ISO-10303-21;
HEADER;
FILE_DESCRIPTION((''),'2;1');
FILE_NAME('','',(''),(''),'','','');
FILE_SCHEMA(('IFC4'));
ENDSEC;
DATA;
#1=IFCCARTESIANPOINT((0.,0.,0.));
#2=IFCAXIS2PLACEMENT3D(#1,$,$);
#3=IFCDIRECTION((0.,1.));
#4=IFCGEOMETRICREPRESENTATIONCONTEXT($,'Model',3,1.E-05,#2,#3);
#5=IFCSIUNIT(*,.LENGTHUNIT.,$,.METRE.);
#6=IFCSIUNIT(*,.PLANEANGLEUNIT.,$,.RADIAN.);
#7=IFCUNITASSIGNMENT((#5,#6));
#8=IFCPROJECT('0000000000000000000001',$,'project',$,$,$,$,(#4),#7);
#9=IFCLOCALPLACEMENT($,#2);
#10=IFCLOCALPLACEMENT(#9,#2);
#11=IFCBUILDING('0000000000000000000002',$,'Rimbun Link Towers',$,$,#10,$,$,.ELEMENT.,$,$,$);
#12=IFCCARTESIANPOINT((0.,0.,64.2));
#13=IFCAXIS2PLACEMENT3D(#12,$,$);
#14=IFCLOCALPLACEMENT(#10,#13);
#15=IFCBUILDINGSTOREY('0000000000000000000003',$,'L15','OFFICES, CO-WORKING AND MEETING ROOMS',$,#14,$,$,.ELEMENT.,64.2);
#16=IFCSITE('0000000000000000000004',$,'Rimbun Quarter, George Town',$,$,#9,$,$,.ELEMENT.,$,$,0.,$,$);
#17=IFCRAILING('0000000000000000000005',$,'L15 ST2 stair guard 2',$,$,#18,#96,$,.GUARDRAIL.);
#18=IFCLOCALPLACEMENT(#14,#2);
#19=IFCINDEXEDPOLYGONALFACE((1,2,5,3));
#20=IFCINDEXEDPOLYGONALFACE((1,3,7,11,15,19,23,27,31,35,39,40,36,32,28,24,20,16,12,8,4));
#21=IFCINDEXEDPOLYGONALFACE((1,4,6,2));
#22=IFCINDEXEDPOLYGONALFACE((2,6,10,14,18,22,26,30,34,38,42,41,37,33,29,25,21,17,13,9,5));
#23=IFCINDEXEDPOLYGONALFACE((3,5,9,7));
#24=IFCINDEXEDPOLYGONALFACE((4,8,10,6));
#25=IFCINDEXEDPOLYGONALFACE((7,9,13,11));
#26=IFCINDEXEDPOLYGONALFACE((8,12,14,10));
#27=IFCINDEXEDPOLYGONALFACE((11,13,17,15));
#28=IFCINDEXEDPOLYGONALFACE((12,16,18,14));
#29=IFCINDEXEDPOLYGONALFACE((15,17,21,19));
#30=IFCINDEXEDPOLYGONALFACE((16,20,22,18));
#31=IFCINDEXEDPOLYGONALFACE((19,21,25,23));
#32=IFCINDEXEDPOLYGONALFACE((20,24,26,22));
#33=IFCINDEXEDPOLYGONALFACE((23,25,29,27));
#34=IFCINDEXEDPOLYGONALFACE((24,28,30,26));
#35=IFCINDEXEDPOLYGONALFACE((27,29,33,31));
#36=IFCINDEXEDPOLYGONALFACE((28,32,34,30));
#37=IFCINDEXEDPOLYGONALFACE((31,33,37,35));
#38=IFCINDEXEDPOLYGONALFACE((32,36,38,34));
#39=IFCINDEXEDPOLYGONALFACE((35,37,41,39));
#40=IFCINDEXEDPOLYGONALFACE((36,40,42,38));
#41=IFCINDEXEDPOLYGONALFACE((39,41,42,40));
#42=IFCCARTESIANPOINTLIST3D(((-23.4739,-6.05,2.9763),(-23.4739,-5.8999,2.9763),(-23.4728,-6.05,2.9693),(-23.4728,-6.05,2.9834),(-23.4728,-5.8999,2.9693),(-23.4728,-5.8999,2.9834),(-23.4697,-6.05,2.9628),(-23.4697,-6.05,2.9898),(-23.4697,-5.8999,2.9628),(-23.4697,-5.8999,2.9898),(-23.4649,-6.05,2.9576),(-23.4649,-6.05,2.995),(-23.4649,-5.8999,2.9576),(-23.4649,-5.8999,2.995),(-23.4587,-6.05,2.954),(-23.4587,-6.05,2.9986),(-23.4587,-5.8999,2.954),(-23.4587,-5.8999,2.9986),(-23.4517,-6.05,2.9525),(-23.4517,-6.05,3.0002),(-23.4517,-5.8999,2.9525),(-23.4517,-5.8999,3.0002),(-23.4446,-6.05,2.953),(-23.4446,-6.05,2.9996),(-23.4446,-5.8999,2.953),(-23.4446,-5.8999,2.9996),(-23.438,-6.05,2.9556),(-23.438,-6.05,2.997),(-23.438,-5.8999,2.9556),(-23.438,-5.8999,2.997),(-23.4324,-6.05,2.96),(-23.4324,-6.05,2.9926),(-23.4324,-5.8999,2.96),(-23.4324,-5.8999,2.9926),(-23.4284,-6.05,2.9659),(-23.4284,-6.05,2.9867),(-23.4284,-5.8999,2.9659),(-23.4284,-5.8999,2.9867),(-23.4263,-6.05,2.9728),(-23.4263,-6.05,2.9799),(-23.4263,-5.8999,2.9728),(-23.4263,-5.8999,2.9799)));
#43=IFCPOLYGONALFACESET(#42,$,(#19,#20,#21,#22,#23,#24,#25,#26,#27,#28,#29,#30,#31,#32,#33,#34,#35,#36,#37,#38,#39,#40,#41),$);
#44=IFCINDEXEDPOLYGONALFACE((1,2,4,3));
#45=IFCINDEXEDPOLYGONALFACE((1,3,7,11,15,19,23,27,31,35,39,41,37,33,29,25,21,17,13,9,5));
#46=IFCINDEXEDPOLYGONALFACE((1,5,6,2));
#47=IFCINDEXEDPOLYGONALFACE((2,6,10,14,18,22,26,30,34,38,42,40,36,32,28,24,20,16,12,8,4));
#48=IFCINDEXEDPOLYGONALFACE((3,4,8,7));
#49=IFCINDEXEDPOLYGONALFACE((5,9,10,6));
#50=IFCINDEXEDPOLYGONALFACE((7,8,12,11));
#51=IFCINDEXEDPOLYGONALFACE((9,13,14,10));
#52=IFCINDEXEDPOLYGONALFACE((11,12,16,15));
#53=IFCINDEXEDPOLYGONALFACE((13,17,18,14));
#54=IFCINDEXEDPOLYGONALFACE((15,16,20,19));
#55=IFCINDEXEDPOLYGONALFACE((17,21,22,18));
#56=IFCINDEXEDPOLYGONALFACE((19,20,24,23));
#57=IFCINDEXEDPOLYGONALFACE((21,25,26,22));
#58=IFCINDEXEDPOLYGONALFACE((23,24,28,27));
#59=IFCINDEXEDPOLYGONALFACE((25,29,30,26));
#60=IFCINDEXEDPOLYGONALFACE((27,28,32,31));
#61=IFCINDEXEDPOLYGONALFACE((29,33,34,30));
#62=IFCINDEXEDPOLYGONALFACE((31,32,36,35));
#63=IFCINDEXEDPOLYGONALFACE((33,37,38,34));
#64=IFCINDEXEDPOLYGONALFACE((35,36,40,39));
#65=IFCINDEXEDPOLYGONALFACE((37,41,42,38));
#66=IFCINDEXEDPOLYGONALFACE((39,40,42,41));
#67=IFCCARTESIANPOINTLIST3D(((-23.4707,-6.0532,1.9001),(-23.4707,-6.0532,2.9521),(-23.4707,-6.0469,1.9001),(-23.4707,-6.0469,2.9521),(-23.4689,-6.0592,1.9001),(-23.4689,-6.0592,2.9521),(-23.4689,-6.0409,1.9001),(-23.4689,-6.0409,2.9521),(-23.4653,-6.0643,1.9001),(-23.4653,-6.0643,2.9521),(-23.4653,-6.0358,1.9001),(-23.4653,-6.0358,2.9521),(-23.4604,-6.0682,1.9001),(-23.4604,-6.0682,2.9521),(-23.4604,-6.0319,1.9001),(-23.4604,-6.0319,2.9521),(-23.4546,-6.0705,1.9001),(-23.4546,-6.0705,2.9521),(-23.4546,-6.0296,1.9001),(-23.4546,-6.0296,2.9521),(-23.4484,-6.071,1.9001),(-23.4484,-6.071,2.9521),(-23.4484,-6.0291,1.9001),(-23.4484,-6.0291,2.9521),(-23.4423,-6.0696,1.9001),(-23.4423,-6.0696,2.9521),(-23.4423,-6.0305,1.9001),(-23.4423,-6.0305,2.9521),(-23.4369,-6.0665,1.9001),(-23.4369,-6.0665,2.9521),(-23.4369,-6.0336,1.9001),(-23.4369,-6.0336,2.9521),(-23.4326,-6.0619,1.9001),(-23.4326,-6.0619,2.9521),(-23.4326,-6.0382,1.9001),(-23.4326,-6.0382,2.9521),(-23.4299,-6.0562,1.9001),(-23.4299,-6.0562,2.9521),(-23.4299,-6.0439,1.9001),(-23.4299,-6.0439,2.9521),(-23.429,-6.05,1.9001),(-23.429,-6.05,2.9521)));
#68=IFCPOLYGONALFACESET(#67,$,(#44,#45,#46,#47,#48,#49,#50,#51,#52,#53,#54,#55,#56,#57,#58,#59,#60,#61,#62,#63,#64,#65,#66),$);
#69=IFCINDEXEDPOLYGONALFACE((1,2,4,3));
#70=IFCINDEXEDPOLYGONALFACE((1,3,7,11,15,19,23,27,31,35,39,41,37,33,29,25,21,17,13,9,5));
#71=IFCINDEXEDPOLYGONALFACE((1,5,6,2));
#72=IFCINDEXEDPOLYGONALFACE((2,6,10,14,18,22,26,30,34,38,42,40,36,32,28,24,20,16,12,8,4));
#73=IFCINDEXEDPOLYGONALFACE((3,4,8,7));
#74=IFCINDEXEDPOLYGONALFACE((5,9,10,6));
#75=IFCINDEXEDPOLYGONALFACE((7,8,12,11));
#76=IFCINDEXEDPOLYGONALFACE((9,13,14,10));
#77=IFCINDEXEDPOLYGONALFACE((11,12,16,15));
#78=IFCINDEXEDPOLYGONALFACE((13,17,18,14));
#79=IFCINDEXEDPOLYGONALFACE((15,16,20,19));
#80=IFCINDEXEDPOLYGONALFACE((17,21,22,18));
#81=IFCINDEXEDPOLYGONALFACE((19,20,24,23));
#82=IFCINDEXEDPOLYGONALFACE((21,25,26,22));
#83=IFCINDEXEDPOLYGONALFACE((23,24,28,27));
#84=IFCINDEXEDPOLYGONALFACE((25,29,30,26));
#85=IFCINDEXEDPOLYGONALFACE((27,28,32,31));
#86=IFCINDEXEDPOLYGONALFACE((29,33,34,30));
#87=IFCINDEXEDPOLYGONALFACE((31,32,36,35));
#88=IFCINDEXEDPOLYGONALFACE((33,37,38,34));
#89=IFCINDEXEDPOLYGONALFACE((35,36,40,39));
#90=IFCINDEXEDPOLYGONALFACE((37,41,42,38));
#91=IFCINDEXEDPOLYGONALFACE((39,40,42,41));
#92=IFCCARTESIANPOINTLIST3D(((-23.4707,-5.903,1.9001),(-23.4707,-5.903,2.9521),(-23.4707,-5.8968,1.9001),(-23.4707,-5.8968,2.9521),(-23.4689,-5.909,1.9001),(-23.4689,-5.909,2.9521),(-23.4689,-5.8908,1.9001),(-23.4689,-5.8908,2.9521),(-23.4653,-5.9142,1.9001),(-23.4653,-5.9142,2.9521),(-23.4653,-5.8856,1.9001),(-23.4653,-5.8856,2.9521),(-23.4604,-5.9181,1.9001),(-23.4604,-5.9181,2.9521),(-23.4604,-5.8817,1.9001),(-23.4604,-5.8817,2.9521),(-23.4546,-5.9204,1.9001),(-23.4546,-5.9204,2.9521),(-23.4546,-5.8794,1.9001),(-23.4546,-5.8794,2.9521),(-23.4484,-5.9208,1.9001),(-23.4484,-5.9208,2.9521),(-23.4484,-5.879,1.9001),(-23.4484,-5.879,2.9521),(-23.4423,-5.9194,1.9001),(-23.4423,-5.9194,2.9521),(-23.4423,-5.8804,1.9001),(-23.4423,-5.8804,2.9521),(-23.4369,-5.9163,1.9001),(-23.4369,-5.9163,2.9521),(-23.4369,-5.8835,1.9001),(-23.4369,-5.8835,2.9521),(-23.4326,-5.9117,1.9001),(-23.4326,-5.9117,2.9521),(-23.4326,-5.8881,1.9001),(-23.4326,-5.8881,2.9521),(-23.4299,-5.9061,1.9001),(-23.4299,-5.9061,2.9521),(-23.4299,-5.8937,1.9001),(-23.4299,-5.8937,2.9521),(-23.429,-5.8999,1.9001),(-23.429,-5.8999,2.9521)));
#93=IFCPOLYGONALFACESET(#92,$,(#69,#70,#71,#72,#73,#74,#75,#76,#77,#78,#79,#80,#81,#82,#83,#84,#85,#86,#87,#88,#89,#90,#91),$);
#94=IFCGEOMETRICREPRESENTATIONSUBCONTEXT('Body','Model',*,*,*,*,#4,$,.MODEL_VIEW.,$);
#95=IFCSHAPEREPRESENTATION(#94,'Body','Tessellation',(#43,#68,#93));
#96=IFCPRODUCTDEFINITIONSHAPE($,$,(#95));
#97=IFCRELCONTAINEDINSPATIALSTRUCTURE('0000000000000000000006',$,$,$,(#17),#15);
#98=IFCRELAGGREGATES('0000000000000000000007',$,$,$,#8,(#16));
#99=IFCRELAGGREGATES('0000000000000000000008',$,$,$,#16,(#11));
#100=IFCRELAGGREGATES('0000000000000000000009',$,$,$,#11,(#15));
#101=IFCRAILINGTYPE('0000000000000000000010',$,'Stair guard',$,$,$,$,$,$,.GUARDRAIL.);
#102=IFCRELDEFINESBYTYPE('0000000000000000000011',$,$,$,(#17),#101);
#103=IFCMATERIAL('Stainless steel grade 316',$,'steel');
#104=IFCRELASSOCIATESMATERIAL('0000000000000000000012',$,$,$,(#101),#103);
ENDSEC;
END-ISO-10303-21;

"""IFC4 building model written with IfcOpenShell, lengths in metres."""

from ifc_helpers import new_model, si_unit, direction, frame, origin, origin_2d, place, context, subcontext, project, spatial, circle, extrude, material, type_object, element, save


model = new_model("IFC4")

# Units and contexts
model_context = context("Model", 3, precision=1e-05, world=origin(), true_north=direction((0.0, 1.0)))
body_context = subcontext(model_context, "Body", "Model", "MODEL_VIEW")
ifc_project = project(units=[si_unit("LENGTHUNIT", "METRE"), si_unit("PLANEANGLEUNIT", "RADIAN")], contexts=[model_context])

# Site, building, storey
site_placement = place(None, origin())
site = spatial("IfcSite", under=ifc_project, at=site_placement, Name="Rimbun Quarter, George Town", CompositionType="ELEMENT", RefElevation=0.0)
building_placement = place(site_placement, origin())
building = spatial("IfcBuilding", under=site, at=building_placement, Name="Rimbun Link Towers", CompositionType="ELEMENT")
storey_placement = place(building_placement, frame((0.0, 0.0, 64.2)))
storey = spatial("IfcBuildingStorey", under=building, at=storey_placement, Name="L15", Description="OFFICES, CO-WORKING AND MEETING ROOMS", CompositionType="ELEMENT", Elevation=64.2)

# Railing
ifc_material_1 = material(Name="Stainless steel grade 316", Category="steel")
railing_type_1 = type_object("IfcRailingType", Name="Stair guard", PredefinedType="GUARDRAIL", material=ifc_material_1)
railing_1_placement = place(storey_placement, frame((-23.45, -6.05, 1.9001)))
element("IfcRailing", 1, at=railing_1_placement, inside=storey, type_object=railing_type_1, Name="L15 ST2 stair guard 2", PredefinedType="GUARDRAIL", context=body_context, shape_type="SweptSolid", body=[
    extrude(circle(Radius=0.0239, at=origin_2d()), frame((0.0, 0.0, 1.0762), z_axis=(0.0, 1.0, 0.0), x_axis=(-1.0, 0.0, 0.0)), (0.0, 0.0, 1.0), 0.1501),
    extrude(circle(Radius=0.021, at=origin_2d()), origin(), (0.0, 0.0, 1.0), 1.052),
    extrude(circle(Radius=0.021, at=origin_2d()), frame((0.0, 0.1501, 0.0)), (0.0, 0.0, 1.0), 1.052),
])

save(model, "model.ifc")
